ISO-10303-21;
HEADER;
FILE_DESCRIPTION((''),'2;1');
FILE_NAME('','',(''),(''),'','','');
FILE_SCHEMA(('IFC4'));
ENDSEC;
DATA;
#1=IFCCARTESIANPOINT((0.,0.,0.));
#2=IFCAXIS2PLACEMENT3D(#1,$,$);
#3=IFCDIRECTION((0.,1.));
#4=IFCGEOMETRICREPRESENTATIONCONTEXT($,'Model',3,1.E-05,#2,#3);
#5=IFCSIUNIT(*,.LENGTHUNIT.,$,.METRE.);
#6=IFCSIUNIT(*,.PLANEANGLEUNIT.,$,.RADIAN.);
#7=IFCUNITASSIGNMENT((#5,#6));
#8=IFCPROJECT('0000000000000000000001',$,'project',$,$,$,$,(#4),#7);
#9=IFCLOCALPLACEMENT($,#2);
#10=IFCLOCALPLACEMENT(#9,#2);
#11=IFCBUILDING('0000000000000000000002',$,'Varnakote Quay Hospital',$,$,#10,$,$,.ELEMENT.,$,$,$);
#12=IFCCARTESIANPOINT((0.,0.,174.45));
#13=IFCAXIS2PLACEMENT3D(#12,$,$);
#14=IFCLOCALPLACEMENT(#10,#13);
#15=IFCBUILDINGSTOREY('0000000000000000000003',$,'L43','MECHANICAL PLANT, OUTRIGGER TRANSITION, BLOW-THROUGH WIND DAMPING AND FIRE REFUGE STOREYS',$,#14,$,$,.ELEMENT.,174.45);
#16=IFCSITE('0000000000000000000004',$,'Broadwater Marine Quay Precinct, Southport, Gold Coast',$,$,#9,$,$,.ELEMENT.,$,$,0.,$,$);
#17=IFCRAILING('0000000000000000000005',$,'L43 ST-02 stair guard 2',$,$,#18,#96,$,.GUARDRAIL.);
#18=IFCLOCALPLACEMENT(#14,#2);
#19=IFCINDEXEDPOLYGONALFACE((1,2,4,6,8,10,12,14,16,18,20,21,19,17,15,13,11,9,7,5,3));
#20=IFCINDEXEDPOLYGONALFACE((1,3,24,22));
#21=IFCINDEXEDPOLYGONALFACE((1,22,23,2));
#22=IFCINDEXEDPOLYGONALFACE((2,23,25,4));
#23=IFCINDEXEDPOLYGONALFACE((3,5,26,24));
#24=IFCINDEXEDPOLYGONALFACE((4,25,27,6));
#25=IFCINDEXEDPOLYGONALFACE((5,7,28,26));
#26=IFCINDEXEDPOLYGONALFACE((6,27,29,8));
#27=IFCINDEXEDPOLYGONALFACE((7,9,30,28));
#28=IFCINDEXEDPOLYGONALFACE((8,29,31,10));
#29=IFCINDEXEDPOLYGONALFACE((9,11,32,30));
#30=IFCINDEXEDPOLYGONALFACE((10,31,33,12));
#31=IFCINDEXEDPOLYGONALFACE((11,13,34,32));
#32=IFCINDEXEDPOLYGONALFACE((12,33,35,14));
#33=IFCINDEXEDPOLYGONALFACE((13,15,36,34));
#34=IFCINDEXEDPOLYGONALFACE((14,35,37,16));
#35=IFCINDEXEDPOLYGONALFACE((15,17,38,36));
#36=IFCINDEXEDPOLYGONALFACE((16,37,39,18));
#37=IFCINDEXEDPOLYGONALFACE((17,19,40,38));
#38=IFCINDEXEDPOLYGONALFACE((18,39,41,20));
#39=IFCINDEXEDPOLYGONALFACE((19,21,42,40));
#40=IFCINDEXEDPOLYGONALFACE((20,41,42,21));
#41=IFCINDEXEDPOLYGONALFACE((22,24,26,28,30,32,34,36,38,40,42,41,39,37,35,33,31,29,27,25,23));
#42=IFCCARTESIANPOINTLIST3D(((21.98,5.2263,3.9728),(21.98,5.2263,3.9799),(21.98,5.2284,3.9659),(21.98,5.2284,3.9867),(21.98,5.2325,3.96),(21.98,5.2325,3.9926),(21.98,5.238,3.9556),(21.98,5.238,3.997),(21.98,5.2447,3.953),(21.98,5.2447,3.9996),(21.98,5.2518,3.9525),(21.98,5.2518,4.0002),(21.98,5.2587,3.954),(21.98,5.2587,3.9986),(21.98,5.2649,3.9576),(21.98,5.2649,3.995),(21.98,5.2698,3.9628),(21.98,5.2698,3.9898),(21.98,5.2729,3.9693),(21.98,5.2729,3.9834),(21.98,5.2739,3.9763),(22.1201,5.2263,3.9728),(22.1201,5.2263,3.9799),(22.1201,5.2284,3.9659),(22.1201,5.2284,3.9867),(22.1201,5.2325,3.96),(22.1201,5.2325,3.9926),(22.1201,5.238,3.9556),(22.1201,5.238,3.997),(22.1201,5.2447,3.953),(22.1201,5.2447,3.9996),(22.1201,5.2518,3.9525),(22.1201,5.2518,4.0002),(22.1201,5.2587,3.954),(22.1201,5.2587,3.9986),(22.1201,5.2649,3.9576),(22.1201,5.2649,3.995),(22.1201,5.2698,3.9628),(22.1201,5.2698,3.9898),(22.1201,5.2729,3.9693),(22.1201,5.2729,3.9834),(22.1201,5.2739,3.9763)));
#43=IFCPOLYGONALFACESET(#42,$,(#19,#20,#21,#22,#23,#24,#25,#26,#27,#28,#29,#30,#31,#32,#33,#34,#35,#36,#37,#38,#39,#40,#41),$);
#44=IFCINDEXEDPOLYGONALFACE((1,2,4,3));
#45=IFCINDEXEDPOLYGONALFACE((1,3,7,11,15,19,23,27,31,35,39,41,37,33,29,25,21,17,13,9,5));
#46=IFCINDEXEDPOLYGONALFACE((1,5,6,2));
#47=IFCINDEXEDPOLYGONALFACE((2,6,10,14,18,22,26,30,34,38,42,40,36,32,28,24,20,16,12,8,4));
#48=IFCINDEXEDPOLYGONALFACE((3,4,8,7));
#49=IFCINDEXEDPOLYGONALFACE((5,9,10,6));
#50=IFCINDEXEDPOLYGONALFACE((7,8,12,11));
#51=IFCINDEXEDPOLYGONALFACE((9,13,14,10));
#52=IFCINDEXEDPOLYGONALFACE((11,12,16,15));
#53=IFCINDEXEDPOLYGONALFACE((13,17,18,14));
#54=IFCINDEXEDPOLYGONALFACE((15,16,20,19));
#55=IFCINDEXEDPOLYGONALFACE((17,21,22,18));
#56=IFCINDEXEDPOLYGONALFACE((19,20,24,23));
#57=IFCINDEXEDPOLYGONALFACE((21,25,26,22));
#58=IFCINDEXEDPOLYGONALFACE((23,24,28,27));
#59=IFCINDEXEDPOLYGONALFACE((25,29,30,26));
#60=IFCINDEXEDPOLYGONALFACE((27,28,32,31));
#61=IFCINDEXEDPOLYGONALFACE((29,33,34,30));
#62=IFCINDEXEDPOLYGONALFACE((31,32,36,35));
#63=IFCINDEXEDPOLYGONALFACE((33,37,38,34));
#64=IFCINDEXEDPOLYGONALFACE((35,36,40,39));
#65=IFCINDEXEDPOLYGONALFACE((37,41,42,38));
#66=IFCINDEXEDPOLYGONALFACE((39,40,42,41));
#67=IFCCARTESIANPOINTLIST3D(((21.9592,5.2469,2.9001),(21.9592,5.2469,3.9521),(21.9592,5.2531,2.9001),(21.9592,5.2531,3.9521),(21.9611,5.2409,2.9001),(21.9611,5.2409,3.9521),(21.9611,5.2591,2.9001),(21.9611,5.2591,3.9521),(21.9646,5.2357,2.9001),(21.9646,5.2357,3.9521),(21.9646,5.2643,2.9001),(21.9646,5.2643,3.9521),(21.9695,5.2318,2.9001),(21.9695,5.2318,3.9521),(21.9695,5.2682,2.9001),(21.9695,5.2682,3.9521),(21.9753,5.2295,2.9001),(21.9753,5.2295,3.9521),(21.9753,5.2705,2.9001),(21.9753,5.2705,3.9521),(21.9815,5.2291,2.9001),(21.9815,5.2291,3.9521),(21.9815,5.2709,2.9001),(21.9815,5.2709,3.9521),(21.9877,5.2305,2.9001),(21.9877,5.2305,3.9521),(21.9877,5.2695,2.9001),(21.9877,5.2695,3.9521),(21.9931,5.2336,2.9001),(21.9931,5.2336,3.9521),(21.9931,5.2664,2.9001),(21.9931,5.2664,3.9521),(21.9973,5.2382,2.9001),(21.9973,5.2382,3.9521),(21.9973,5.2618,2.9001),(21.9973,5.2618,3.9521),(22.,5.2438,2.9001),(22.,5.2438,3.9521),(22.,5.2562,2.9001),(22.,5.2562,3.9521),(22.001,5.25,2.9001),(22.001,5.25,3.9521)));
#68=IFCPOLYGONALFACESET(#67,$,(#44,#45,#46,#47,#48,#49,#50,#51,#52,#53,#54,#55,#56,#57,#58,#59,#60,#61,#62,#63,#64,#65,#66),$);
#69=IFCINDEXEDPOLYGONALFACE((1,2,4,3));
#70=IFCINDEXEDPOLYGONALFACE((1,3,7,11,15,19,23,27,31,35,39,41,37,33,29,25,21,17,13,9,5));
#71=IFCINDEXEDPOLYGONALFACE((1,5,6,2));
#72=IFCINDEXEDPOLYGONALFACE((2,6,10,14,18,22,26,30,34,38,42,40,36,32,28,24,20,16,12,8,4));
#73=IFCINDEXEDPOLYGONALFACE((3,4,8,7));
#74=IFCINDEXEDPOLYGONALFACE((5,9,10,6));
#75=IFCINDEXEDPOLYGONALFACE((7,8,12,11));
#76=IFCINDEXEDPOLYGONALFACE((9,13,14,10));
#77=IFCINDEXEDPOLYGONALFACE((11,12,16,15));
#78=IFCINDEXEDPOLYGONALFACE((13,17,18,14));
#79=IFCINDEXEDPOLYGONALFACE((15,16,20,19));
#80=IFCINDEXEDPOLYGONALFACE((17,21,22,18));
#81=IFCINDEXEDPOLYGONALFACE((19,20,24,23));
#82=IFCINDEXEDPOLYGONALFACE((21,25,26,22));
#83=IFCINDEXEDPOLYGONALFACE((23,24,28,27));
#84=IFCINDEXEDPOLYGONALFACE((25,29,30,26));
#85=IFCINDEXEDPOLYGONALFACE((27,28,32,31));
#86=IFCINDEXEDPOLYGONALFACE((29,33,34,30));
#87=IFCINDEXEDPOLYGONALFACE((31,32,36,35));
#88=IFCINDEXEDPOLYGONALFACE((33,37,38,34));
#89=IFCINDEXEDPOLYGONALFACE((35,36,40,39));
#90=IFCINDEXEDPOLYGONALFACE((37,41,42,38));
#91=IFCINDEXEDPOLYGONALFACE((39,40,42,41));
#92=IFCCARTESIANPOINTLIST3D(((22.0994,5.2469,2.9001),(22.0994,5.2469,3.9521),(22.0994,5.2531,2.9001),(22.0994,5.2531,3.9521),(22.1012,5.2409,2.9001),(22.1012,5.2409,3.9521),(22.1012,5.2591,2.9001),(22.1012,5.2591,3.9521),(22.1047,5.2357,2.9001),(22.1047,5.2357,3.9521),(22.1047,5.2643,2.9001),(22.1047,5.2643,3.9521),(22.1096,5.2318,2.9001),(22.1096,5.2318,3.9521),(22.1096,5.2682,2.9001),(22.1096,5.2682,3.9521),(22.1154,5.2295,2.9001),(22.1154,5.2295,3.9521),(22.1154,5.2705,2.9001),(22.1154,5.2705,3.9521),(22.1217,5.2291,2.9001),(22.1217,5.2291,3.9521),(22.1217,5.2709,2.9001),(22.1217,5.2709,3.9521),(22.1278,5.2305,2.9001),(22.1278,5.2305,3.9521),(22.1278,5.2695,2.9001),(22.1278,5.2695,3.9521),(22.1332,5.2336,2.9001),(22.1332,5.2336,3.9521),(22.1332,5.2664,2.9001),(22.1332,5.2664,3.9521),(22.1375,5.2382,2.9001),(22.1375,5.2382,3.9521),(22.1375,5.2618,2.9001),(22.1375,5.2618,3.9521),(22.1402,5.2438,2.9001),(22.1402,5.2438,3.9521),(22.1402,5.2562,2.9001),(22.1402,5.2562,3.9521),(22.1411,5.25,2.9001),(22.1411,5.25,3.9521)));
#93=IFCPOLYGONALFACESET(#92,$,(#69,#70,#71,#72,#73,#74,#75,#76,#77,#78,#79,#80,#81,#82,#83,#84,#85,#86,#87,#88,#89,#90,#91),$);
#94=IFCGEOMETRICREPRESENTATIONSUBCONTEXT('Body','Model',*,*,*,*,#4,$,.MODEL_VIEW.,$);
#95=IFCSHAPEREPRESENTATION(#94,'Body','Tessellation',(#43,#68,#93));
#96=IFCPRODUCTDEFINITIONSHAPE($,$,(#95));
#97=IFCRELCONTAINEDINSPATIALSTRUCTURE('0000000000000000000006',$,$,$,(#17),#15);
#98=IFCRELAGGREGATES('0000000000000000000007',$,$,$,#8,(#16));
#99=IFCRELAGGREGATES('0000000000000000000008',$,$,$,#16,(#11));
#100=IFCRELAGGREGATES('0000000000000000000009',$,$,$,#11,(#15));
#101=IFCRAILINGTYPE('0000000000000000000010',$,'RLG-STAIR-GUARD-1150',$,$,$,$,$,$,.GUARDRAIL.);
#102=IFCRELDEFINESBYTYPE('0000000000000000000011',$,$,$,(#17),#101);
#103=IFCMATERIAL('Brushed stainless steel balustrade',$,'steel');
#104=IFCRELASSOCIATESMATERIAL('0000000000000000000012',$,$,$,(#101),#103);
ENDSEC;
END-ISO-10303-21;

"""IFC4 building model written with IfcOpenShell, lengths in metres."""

from ifc_helpers import new_model, si_unit, direction, frame, origin, origin_2d, place, context, subcontext, project, spatial, circle, extrude, material, type_object, element, save


model = new_model("IFC4")

# Units and contexts
model_context = context("Model", 3, precision=1e-05, world=origin(), true_north=direction((0.0, 1.0)))
body_context = subcontext(model_context, "Body", "Model", "MODEL_VIEW")
ifc_project = project(units=[si_unit("LENGTHUNIT", "METRE"), si_unit("PLANEANGLEUNIT", "RADIAN")], contexts=[model_context])

# Site, building, storey
site_placement = place(None, origin())
site = spatial("IfcSite", under=ifc_project, at=site_placement, Name="Broadwater Marine Quay Precinct, Southport, Gold Coast", CompositionType="ELEMENT", RefElevation=0.0)
building_placement = place(site_placement, origin())
building = spatial("IfcBuilding", under=site, at=building_placement, Name="Varnakote Quay Hospital", CompositionType="ELEMENT")
storey_placement = place(building_placement, frame((0.0, 0.0, 174.45)))
storey = spatial("IfcBuildingStorey", under=building, at=storey_placement, Name="L43", Description="MECHANICAL PLANT, OUTRIGGER TRANSITION, BLOW-THROUGH WIND DAMPING AND FIRE REFUGE STOREYS", CompositionType="ELEMENT", Elevation=174.45)

# Railing
ifc_material_1 = material(Name="Brushed stainless steel balustrade", Category="steel")
railing_type_1 = type_object("IfcRailingType", Name="RLG-STAIR-GUARD-1150", PredefinedType="GUARDRAIL", material=ifc_material_1)
railing_1_placement = place(storey_placement, frame((21.98, 5.25, 2.9001)))
element("IfcRailing", 1, at=railing_1_placement, inside=storey, type_object=railing_type_1, Name="L43 ST-02 stair guard 2", PredefinedType="GUARDRAIL", context=body_context, shape_type="SweptSolid", body=[
    extrude(circle(Radius=0.0239, at=origin_2d()), frame((0.0, 0.0, 1.0762), z_axis=(1.0, 0.0, 0.0), x_axis=(0.0, 1.0, 0.0)), (0.0, 0.0, 1.0), 0.1401),
    extrude(circle(Radius=0.021, at=origin_2d()), origin(), (0.0, 0.0, 1.0), 1.052),
    extrude(circle(Radius=0.021, at=origin_2d()), frame((0.1401, 0.0, 0.0)), (0.0, 0.0, 1.0), 1.052),
])

save(model, "model.ifc")
